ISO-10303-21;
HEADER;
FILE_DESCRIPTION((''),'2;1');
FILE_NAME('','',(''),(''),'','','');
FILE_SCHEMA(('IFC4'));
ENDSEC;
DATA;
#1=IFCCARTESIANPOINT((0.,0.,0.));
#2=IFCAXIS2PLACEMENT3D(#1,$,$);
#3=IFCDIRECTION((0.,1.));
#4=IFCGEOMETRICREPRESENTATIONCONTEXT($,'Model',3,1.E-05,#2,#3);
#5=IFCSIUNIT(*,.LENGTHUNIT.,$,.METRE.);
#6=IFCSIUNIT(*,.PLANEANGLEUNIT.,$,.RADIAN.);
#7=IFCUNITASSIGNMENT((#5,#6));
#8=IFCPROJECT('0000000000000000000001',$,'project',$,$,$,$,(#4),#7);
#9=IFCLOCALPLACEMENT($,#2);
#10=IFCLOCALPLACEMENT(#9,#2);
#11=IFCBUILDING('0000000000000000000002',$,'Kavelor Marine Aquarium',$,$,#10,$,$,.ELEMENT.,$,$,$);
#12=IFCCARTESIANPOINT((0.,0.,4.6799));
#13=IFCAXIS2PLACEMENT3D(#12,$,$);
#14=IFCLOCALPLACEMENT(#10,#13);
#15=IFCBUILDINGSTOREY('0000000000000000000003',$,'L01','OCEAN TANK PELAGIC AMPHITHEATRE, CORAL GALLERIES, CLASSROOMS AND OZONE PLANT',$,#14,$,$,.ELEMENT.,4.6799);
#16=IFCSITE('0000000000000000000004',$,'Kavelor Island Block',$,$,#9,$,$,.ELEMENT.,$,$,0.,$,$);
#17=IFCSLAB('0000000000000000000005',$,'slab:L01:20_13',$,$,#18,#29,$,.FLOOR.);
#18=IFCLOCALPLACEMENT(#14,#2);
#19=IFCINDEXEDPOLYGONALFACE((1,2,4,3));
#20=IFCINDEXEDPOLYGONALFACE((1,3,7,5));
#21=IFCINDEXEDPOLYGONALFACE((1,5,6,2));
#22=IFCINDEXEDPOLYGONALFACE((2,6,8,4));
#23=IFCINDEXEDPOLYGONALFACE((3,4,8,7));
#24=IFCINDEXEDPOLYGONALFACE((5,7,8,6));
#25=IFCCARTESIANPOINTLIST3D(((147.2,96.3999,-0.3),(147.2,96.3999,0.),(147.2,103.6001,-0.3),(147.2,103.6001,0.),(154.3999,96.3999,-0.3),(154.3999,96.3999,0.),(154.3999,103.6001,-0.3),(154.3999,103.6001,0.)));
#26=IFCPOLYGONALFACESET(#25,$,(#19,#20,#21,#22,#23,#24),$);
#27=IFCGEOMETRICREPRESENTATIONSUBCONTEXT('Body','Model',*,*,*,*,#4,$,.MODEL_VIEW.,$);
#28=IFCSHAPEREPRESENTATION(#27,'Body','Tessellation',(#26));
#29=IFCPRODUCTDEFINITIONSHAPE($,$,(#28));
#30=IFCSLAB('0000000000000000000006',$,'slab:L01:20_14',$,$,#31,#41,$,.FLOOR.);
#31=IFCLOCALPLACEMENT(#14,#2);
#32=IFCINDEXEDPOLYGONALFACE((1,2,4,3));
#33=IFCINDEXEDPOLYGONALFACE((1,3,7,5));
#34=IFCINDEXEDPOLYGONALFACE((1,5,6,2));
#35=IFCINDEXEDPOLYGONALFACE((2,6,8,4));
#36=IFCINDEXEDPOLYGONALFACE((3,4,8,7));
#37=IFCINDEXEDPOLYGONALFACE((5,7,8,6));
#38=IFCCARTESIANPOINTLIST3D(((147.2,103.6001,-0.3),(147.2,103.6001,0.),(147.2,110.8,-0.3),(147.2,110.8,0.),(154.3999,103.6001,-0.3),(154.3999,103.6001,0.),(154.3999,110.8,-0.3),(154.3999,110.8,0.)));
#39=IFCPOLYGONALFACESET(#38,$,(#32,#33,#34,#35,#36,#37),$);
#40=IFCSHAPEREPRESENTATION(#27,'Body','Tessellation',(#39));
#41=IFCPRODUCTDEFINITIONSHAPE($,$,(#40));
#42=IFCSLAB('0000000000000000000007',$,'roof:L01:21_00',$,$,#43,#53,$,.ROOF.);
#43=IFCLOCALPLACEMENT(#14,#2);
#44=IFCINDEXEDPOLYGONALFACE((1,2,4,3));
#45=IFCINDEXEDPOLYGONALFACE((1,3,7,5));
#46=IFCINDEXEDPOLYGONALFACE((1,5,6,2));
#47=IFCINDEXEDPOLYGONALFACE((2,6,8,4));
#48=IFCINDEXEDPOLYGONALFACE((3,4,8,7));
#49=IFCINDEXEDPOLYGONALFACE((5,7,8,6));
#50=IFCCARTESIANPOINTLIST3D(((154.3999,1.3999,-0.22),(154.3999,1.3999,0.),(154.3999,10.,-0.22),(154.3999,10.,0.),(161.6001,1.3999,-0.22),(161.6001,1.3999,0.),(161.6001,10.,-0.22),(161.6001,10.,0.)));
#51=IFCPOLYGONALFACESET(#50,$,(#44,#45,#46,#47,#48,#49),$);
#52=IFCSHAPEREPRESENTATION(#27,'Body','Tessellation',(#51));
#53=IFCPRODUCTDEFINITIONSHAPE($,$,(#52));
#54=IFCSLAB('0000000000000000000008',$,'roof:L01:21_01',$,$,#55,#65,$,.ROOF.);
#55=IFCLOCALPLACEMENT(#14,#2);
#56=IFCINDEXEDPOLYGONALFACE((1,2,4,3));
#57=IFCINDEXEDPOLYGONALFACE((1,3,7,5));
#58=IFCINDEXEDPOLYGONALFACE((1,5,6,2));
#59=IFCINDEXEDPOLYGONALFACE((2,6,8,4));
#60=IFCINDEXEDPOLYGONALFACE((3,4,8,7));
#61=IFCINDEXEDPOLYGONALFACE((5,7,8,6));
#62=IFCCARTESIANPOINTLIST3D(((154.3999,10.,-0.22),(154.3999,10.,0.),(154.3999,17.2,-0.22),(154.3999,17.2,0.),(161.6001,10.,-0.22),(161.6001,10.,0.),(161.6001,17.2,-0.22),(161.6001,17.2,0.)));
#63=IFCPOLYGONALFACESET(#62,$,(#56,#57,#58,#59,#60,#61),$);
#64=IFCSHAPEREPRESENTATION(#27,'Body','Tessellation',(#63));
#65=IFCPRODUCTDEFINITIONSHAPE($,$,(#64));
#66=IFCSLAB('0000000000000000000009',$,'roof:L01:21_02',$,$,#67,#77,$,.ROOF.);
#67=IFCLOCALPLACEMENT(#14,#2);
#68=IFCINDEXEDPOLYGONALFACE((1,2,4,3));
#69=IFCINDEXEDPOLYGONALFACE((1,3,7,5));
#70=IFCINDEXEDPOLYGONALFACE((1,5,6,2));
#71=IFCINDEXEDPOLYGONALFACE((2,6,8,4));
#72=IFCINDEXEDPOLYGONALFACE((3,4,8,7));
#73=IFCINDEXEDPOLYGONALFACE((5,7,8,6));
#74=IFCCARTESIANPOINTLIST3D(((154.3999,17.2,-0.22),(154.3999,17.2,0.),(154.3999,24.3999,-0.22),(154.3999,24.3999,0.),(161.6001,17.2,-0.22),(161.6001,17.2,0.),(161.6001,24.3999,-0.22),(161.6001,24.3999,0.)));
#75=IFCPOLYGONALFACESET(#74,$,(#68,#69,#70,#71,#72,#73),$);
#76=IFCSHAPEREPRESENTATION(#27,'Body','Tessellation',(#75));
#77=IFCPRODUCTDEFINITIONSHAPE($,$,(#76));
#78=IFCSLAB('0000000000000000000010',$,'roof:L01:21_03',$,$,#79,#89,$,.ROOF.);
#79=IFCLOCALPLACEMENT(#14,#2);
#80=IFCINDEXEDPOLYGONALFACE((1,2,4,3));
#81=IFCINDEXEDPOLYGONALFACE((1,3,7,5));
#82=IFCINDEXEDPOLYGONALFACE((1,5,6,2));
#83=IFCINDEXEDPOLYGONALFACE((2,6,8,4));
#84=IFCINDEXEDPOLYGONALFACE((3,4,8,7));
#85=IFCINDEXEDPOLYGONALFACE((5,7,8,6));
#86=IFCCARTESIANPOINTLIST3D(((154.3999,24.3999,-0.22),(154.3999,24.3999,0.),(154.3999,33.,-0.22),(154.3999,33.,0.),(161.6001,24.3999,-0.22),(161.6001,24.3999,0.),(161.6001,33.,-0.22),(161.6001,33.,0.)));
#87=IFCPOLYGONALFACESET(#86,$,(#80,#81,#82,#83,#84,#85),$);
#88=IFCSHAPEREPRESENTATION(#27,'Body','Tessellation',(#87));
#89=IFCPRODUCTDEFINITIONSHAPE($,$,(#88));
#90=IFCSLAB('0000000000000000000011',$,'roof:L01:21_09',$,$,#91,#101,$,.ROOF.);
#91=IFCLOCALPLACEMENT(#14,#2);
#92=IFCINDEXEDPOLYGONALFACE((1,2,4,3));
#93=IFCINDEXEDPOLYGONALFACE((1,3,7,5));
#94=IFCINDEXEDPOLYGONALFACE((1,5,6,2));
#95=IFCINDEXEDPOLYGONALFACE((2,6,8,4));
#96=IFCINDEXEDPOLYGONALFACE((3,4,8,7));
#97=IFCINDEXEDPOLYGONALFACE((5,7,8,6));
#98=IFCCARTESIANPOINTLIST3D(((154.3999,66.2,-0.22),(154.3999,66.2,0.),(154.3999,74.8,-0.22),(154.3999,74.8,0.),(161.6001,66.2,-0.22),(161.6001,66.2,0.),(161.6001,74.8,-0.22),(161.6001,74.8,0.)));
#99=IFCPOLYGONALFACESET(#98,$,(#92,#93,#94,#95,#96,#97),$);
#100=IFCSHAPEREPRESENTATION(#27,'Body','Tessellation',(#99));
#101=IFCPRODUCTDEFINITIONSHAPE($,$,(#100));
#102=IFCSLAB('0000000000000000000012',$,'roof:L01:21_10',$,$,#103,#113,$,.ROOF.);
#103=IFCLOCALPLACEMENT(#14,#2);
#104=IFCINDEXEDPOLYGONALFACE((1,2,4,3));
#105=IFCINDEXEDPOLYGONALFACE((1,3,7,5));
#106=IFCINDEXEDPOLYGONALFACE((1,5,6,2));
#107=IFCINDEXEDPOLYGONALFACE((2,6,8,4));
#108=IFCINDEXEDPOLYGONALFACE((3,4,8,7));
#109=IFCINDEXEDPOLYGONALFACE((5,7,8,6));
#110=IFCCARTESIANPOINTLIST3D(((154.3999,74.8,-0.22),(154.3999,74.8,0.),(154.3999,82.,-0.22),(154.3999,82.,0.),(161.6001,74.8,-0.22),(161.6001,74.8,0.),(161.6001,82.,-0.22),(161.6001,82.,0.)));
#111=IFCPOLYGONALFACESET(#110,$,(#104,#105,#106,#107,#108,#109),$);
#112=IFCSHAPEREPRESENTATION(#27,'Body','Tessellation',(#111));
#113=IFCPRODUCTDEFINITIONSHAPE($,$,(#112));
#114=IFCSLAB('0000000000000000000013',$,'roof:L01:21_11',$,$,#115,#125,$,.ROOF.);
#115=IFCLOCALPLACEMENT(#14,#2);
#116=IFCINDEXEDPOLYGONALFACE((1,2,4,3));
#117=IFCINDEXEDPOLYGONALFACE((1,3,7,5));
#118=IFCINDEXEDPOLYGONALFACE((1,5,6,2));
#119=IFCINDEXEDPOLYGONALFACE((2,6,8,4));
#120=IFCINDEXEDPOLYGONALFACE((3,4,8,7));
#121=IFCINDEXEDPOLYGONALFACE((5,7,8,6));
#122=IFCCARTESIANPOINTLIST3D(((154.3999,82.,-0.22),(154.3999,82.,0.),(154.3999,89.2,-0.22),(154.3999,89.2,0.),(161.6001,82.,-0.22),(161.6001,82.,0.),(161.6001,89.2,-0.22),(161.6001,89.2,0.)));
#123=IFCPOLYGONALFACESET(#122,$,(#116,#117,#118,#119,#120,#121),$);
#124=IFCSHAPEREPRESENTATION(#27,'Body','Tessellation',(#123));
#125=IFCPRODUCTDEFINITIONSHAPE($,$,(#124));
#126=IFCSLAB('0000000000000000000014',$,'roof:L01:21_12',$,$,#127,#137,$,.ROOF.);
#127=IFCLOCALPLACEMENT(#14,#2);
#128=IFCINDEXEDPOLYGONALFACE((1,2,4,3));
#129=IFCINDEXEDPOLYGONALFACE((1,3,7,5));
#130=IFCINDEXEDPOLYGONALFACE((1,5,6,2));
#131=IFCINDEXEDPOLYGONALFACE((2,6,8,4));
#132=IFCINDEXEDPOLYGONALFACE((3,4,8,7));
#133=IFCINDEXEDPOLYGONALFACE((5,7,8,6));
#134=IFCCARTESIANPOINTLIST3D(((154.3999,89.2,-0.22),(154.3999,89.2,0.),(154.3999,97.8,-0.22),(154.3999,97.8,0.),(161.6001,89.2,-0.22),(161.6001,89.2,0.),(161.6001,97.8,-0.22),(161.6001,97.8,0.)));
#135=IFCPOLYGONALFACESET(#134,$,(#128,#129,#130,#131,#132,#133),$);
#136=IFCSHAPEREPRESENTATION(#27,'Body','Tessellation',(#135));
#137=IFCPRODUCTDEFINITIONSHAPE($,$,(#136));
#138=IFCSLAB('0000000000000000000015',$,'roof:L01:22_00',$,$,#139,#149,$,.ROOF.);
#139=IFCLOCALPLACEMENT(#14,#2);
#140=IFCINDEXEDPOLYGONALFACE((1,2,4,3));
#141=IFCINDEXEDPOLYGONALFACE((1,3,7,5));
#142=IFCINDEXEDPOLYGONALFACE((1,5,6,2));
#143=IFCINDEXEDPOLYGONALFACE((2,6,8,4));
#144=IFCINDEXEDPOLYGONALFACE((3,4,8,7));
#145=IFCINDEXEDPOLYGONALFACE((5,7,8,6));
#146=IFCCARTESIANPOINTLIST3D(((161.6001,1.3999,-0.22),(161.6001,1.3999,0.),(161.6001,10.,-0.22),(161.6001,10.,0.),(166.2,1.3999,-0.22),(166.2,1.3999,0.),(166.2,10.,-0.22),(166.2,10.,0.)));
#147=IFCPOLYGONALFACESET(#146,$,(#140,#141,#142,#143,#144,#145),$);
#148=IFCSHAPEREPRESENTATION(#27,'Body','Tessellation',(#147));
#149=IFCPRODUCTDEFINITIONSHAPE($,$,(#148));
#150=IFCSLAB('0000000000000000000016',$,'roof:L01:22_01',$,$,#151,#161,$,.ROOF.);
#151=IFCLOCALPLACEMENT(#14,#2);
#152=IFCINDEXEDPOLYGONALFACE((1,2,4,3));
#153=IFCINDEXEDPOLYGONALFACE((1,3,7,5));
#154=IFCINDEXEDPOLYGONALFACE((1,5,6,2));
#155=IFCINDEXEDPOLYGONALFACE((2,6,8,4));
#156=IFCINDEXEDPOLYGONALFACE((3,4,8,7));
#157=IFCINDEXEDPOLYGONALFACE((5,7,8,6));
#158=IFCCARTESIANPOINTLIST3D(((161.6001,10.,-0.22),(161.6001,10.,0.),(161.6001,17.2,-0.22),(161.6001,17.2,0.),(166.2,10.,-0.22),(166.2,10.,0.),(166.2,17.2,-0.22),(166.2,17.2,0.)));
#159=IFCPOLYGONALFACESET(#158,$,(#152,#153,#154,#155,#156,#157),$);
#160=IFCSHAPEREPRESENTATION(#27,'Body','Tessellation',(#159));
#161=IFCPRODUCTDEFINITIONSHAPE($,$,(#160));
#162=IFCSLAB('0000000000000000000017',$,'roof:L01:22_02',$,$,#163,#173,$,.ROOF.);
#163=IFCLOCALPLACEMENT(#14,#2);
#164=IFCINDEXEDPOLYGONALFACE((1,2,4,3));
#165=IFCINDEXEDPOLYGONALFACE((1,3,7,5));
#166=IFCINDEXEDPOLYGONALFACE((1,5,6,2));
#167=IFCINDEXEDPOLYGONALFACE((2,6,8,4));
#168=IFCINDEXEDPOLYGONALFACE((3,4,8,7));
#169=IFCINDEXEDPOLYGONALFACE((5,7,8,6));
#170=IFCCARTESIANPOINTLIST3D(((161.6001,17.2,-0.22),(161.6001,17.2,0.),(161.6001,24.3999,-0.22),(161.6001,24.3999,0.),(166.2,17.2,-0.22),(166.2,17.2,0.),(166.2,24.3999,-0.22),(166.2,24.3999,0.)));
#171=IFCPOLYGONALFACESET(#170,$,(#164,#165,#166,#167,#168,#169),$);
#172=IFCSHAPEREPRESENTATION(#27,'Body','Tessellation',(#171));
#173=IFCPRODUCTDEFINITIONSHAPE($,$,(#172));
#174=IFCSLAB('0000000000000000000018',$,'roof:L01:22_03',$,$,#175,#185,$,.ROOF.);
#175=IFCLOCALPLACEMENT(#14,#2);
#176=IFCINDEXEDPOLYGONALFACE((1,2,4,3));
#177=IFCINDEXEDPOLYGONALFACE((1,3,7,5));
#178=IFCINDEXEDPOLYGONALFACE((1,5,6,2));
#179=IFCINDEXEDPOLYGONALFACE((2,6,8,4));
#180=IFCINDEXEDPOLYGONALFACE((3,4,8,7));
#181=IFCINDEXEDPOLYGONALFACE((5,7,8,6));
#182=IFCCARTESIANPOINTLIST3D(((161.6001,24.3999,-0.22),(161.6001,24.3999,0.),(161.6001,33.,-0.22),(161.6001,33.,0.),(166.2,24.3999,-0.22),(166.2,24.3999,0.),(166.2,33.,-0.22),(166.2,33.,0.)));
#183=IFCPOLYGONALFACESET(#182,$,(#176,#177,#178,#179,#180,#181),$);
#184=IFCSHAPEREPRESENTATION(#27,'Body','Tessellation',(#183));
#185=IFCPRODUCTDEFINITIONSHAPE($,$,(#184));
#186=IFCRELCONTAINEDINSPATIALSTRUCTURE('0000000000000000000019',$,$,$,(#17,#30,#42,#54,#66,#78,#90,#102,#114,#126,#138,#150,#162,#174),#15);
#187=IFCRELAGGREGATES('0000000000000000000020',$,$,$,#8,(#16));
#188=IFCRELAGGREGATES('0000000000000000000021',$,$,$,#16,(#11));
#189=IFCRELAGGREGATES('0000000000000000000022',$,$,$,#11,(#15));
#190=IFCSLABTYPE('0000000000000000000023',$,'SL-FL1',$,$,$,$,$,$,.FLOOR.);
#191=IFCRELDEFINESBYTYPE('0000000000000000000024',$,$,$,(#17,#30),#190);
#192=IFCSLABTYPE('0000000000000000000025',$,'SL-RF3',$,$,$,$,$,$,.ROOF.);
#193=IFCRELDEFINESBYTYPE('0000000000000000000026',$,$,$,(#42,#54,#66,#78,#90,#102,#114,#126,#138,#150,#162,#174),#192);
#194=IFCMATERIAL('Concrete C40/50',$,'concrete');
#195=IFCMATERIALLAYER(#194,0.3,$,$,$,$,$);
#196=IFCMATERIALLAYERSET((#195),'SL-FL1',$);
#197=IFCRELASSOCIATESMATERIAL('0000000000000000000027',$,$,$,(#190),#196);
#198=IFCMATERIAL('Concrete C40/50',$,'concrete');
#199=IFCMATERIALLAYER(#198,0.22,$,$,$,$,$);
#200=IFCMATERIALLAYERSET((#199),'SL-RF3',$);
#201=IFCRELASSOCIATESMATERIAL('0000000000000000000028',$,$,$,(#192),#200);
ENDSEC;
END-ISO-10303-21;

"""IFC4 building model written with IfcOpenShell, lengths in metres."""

from ifc_helpers import new_model, si_unit, direction, frame, origin, place, context, subcontext, project, spatial, polyline, outline, extrude, material, layer, layer_set, type_object, element, save


model = new_model("IFC4")

# Units and contexts
model_context = context("Model", 3, precision=1e-05, world=origin(), true_north=direction((0.0, 1.0)))
body_context = subcontext(model_context, "Body", "Model", "MODEL_VIEW")
ifc_project = project(units=[si_unit("LENGTHUNIT", "METRE"), si_unit("PLANEANGLEUNIT", "RADIAN")], contexts=[model_context])

# Site, building, storey
site_placement = place(None, origin())
site = spatial("IfcSite", under=ifc_project, at=site_placement, Name="Kavelor Island Block", CompositionType="ELEMENT", RefElevation=0.0)
building_placement = place(site_placement, origin())
building = spatial("IfcBuilding", under=site, at=building_placement, Name="Kavelor Marine Aquarium", CompositionType="ELEMENT")
storey_placement = place(building_placement, frame((0.0, 0.0, 4.6799)))
storey = spatial("IfcBuildingStorey", under=building, at=storey_placement, Name="L01", Description="OCEAN TANK PELAGIC AMPHITHEATRE, CORAL GALLERIES, CLASSROOMS AND OZONE PLANT", CompositionType="ELEMENT", Elevation=4.6799)

# Slabs
ifc_material_1 = material(Name="Concrete C40/50", Category="concrete")
ifc_layer_1 = layer(ifc_material_1, 0.3)
ifc_layer_set_1 = layer_set([ifc_layer_1], Name="SL-FL1")
slab_type_1 = type_object("IfcSlabType", Name="SL-FL1", PredefinedType="FLOOR", material=ifc_layer_set_1)
slab_1_placement = place(storey_placement, frame((0.0, 0.0, -0.3)))
element("IfcSlab", 1, at=slab_1_placement, inside=storey, type_object=slab_type_1, Name="slab:L01:20_13", PredefinedType="FLOOR", context=body_context, shape_type="SweptSolid", body=[
    extrude(outline(polyline([(147.2, 96.3999), (154.3999, 96.3999), (154.3999, 103.6001), (147.2, 103.6001), (147.2, 96.3999)])), origin(), (0.0, 0.0, 1.0), 0.3),
])
slab_2_placement = place(storey_placement, frame((0.0, 0.0, -0.3)))
element("IfcSlab", 2, at=slab_2_placement, inside=storey, type_object=slab_type_1, Name="slab:L01:20_14", PredefinedType="FLOOR", context=body_context, shape_type="SweptSolid", body=[
    extrude(outline(polyline([(147.2, 103.6001), (154.3999, 103.6001), (154.3999, 110.8), (147.2, 110.8), (147.2, 103.6001)])), origin(), (0.0, 0.0, 1.0), 0.3),
])
ifc_material_2 = material(Name="Concrete C40/50", Category="concrete")
ifc_layer_2 = layer(ifc_material_2, 0.22)
ifc_layer_set_2 = layer_set([ifc_layer_2], Name="SL-RF3")
slab_type_2 = type_object("IfcSlabType", Name="SL-RF3", PredefinedType="ROOF", material=ifc_layer_set_2)
slab_3_placement = place(storey_placement, frame((0.0, 0.0, -0.22)))
element("IfcSlab", 3, at=slab_3_placement, inside=storey, type_object=slab_type_2, Name="roof:L01:21_00", PredefinedType="ROOF", context=body_context, shape_type="SweptSolid", body=[
    extrude(outline(polyline([(154.3999, 1.3999), (161.6001, 1.3999), (161.6001, 10.0), (154.3999, 10.0), (154.3999, 1.3999)])), origin(), (0.0, 0.0, 1.0), 0.22),
])
slab_4_placement = place(storey_placement, frame((0.0, 0.0, -0.22)))
element("IfcSlab", 4, at=slab_4_placement, inside=storey, type_object=slab_type_2, Name="roof:L01:21_01", PredefinedType="ROOF", context=body_context, shape_type="SweptSolid", body=[
    extrude(outline(polyline([(154.3999, 10.0), (161.6001, 10.0), (161.6001, 17.2), (154.3999, 17.2), (154.3999, 10.0)])), origin(), (0.0, 0.0, 1.0), 0.22),
])
slab_5_placement = place(storey_placement, frame((0.0, 0.0, -0.22)))
element("IfcSlab", 5, at=slab_5_placement, inside=storey, type_object=slab_type_2, Name="roof:L01:21_02", PredefinedType="ROOF", context=body_context, shape_type="SweptSolid", body=[
    extrude(outline(polyline([(154.3999, 17.2), (161.6001, 17.2), (161.6001, 24.3999), (154.3999, 24.3999), (154.3999, 17.2)])), origin(), (0.0, 0.0, 1.0), 0.22),
])
slab_6_placement = place(storey_placement, frame((0.0, 0.0, -0.22)))
element("IfcSlab", 6, at=slab_6_placement, inside=storey, type_object=slab_type_2, Name="roof:L01:21_03", PredefinedType="ROOF", context=body_context, shape_type="SweptSolid", body=[
    extrude(outline(polyline([(154.3999, 24.3999), (161.6001, 24.3999), (161.6001, 33.0), (154.3999, 33.0), (154.3999, 24.3999)])), origin(), (0.0, 0.0, 1.0), 0.22),
])
slab_7_placement = place(storey_placement, frame((0.0, 0.0, -0.22)))
element("IfcSlab", 7, at=slab_7_placement, inside=storey, type_object=slab_type_2, Name="roof:L01:21_09", PredefinedType="ROOF", context=body_context, shape_type="SweptSolid", body=[
    extrude(outline(polyline([(154.3999, 66.2), (161.6001, 66.2), (161.6001, 74.8), (154.3999, 74.8), (154.3999, 66.2)])), origin(), (0.0, 0.0, 1.0), 0.22),
])
slab_8_placement = place(storey_placement, frame((0.0, 0.0, -0.22)))
element("IfcSlab", 8, at=slab_8_placement, inside=storey, type_object=slab_type_2, Name="roof:L01:21_10", PredefinedType="ROOF", context=body_context, shape_type="SweptSolid", body=[
    extrude(outline(polyline([(154.3999, 74.8), (161.6001, 74.8), (161.6001, 82.0), (154.3999, 82.0), (154.3999, 74.8)])), origin(), (0.0, 0.0, 1.0), 0.22),
])
slab_9_placement = place(storey_placement, frame((0.0, 0.0, -0.22)))
element("IfcSlab", 9, at=slab_9_placement, inside=storey, type_object=slab_type_2, Name="roof:L01:21_11", PredefinedType="ROOF", context=body_context, shape_type="SweptSolid", body=[
    extrude(outline(polyline([(154.3999, 82.0), (161.6001, 82.0), (161.6001, 89.2), (154.3999, 89.2), (154.3999, 82.0)])), origin(), (0.0, 0.0, 1.0), 0.22),
])
slab_10_placement = place(storey_placement, frame((0.0, 0.0, -0.22)))
element("IfcSlab", 10, at=slab_10_placement, inside=storey, type_object=slab_type_2, Name="roof:L01:21_12", PredefinedType="ROOF", context=body_context, shape_type="SweptSolid", body=[
    extrude(outline(polyline([(154.3999, 89.2), (161.6001, 89.2), (161.6001, 97.8), (154.3999, 97.8), (154.3999, 89.2)])), origin(), (0.0, 0.0, 1.0), 0.22),
])
slab_11_placement = place(storey_placement, frame((0.0, 0.0, -0.22)))
element("IfcSlab", 11, at=slab_11_placement, inside=storey, type_object=slab_type_2, Name="roof:L01:22_00", PredefinedType="ROOF", context=body_context, shape_type="SweptSolid", body=[
    extrude(outline(polyline([(161.6001, 1.3999), (166.2, 1.3999), (166.2, 10.0), (161.6001, 10.0), (161.6001, 1.3999)])), origin(), (0.0, 0.0, 1.0), 0.22),
])
slab_12_placement = place(storey_placement, frame((0.0, 0.0, -0.22)))
element("IfcSlab", 12, at=slab_12_placement, inside=storey, type_object=slab_type_2, Name="roof:L01:22_01", PredefinedType="ROOF", context=body_context, shape_type="SweptSolid", body=[
    extrude(outline(polyline([(161.6001, 10.0), (166.2, 10.0), (166.2, 17.2), (161.6001, 17.2), (161.6001, 10.0)])), origin(), (0.0, 0.0, 1.0), 0.22),
])
slab_13_placement = place(storey_placement, frame((0.0, 0.0, -0.22)))
element("IfcSlab", 13, at=slab_13_placement, inside=storey, type_object=slab_type_2, Name="roof:L01:22_02", PredefinedType="ROOF", context=body_context, shape_type="SweptSolid", body=[
    extrude(outline(polyline([(161.6001, 17.2), (166.2, 17.2), (166.2, 24.3999), (161.6001, 24.3999), (161.6001, 17.2)])), origin(), (0.0, 0.0, 1.0), 0.22),
])
slab_14_placement = place(storey_placement, frame((0.0, 0.0, -0.22)))
element("IfcSlab", 14, at=slab_14_placement, inside=storey, type_object=slab_type_2, Name="roof:L01:22_03", PredefinedType="ROOF", context=body_context, shape_type="SweptSolid", body=[
    extrude(outline(polyline([(161.6001, 24.3999), (166.2, 24.3999), (166.2, 33.0), (161.6001, 33.0), (161.6001, 24.3999)])), origin(), (0.0, 0.0, 1.0), 0.22),
])

save(model, "model.ifc")
